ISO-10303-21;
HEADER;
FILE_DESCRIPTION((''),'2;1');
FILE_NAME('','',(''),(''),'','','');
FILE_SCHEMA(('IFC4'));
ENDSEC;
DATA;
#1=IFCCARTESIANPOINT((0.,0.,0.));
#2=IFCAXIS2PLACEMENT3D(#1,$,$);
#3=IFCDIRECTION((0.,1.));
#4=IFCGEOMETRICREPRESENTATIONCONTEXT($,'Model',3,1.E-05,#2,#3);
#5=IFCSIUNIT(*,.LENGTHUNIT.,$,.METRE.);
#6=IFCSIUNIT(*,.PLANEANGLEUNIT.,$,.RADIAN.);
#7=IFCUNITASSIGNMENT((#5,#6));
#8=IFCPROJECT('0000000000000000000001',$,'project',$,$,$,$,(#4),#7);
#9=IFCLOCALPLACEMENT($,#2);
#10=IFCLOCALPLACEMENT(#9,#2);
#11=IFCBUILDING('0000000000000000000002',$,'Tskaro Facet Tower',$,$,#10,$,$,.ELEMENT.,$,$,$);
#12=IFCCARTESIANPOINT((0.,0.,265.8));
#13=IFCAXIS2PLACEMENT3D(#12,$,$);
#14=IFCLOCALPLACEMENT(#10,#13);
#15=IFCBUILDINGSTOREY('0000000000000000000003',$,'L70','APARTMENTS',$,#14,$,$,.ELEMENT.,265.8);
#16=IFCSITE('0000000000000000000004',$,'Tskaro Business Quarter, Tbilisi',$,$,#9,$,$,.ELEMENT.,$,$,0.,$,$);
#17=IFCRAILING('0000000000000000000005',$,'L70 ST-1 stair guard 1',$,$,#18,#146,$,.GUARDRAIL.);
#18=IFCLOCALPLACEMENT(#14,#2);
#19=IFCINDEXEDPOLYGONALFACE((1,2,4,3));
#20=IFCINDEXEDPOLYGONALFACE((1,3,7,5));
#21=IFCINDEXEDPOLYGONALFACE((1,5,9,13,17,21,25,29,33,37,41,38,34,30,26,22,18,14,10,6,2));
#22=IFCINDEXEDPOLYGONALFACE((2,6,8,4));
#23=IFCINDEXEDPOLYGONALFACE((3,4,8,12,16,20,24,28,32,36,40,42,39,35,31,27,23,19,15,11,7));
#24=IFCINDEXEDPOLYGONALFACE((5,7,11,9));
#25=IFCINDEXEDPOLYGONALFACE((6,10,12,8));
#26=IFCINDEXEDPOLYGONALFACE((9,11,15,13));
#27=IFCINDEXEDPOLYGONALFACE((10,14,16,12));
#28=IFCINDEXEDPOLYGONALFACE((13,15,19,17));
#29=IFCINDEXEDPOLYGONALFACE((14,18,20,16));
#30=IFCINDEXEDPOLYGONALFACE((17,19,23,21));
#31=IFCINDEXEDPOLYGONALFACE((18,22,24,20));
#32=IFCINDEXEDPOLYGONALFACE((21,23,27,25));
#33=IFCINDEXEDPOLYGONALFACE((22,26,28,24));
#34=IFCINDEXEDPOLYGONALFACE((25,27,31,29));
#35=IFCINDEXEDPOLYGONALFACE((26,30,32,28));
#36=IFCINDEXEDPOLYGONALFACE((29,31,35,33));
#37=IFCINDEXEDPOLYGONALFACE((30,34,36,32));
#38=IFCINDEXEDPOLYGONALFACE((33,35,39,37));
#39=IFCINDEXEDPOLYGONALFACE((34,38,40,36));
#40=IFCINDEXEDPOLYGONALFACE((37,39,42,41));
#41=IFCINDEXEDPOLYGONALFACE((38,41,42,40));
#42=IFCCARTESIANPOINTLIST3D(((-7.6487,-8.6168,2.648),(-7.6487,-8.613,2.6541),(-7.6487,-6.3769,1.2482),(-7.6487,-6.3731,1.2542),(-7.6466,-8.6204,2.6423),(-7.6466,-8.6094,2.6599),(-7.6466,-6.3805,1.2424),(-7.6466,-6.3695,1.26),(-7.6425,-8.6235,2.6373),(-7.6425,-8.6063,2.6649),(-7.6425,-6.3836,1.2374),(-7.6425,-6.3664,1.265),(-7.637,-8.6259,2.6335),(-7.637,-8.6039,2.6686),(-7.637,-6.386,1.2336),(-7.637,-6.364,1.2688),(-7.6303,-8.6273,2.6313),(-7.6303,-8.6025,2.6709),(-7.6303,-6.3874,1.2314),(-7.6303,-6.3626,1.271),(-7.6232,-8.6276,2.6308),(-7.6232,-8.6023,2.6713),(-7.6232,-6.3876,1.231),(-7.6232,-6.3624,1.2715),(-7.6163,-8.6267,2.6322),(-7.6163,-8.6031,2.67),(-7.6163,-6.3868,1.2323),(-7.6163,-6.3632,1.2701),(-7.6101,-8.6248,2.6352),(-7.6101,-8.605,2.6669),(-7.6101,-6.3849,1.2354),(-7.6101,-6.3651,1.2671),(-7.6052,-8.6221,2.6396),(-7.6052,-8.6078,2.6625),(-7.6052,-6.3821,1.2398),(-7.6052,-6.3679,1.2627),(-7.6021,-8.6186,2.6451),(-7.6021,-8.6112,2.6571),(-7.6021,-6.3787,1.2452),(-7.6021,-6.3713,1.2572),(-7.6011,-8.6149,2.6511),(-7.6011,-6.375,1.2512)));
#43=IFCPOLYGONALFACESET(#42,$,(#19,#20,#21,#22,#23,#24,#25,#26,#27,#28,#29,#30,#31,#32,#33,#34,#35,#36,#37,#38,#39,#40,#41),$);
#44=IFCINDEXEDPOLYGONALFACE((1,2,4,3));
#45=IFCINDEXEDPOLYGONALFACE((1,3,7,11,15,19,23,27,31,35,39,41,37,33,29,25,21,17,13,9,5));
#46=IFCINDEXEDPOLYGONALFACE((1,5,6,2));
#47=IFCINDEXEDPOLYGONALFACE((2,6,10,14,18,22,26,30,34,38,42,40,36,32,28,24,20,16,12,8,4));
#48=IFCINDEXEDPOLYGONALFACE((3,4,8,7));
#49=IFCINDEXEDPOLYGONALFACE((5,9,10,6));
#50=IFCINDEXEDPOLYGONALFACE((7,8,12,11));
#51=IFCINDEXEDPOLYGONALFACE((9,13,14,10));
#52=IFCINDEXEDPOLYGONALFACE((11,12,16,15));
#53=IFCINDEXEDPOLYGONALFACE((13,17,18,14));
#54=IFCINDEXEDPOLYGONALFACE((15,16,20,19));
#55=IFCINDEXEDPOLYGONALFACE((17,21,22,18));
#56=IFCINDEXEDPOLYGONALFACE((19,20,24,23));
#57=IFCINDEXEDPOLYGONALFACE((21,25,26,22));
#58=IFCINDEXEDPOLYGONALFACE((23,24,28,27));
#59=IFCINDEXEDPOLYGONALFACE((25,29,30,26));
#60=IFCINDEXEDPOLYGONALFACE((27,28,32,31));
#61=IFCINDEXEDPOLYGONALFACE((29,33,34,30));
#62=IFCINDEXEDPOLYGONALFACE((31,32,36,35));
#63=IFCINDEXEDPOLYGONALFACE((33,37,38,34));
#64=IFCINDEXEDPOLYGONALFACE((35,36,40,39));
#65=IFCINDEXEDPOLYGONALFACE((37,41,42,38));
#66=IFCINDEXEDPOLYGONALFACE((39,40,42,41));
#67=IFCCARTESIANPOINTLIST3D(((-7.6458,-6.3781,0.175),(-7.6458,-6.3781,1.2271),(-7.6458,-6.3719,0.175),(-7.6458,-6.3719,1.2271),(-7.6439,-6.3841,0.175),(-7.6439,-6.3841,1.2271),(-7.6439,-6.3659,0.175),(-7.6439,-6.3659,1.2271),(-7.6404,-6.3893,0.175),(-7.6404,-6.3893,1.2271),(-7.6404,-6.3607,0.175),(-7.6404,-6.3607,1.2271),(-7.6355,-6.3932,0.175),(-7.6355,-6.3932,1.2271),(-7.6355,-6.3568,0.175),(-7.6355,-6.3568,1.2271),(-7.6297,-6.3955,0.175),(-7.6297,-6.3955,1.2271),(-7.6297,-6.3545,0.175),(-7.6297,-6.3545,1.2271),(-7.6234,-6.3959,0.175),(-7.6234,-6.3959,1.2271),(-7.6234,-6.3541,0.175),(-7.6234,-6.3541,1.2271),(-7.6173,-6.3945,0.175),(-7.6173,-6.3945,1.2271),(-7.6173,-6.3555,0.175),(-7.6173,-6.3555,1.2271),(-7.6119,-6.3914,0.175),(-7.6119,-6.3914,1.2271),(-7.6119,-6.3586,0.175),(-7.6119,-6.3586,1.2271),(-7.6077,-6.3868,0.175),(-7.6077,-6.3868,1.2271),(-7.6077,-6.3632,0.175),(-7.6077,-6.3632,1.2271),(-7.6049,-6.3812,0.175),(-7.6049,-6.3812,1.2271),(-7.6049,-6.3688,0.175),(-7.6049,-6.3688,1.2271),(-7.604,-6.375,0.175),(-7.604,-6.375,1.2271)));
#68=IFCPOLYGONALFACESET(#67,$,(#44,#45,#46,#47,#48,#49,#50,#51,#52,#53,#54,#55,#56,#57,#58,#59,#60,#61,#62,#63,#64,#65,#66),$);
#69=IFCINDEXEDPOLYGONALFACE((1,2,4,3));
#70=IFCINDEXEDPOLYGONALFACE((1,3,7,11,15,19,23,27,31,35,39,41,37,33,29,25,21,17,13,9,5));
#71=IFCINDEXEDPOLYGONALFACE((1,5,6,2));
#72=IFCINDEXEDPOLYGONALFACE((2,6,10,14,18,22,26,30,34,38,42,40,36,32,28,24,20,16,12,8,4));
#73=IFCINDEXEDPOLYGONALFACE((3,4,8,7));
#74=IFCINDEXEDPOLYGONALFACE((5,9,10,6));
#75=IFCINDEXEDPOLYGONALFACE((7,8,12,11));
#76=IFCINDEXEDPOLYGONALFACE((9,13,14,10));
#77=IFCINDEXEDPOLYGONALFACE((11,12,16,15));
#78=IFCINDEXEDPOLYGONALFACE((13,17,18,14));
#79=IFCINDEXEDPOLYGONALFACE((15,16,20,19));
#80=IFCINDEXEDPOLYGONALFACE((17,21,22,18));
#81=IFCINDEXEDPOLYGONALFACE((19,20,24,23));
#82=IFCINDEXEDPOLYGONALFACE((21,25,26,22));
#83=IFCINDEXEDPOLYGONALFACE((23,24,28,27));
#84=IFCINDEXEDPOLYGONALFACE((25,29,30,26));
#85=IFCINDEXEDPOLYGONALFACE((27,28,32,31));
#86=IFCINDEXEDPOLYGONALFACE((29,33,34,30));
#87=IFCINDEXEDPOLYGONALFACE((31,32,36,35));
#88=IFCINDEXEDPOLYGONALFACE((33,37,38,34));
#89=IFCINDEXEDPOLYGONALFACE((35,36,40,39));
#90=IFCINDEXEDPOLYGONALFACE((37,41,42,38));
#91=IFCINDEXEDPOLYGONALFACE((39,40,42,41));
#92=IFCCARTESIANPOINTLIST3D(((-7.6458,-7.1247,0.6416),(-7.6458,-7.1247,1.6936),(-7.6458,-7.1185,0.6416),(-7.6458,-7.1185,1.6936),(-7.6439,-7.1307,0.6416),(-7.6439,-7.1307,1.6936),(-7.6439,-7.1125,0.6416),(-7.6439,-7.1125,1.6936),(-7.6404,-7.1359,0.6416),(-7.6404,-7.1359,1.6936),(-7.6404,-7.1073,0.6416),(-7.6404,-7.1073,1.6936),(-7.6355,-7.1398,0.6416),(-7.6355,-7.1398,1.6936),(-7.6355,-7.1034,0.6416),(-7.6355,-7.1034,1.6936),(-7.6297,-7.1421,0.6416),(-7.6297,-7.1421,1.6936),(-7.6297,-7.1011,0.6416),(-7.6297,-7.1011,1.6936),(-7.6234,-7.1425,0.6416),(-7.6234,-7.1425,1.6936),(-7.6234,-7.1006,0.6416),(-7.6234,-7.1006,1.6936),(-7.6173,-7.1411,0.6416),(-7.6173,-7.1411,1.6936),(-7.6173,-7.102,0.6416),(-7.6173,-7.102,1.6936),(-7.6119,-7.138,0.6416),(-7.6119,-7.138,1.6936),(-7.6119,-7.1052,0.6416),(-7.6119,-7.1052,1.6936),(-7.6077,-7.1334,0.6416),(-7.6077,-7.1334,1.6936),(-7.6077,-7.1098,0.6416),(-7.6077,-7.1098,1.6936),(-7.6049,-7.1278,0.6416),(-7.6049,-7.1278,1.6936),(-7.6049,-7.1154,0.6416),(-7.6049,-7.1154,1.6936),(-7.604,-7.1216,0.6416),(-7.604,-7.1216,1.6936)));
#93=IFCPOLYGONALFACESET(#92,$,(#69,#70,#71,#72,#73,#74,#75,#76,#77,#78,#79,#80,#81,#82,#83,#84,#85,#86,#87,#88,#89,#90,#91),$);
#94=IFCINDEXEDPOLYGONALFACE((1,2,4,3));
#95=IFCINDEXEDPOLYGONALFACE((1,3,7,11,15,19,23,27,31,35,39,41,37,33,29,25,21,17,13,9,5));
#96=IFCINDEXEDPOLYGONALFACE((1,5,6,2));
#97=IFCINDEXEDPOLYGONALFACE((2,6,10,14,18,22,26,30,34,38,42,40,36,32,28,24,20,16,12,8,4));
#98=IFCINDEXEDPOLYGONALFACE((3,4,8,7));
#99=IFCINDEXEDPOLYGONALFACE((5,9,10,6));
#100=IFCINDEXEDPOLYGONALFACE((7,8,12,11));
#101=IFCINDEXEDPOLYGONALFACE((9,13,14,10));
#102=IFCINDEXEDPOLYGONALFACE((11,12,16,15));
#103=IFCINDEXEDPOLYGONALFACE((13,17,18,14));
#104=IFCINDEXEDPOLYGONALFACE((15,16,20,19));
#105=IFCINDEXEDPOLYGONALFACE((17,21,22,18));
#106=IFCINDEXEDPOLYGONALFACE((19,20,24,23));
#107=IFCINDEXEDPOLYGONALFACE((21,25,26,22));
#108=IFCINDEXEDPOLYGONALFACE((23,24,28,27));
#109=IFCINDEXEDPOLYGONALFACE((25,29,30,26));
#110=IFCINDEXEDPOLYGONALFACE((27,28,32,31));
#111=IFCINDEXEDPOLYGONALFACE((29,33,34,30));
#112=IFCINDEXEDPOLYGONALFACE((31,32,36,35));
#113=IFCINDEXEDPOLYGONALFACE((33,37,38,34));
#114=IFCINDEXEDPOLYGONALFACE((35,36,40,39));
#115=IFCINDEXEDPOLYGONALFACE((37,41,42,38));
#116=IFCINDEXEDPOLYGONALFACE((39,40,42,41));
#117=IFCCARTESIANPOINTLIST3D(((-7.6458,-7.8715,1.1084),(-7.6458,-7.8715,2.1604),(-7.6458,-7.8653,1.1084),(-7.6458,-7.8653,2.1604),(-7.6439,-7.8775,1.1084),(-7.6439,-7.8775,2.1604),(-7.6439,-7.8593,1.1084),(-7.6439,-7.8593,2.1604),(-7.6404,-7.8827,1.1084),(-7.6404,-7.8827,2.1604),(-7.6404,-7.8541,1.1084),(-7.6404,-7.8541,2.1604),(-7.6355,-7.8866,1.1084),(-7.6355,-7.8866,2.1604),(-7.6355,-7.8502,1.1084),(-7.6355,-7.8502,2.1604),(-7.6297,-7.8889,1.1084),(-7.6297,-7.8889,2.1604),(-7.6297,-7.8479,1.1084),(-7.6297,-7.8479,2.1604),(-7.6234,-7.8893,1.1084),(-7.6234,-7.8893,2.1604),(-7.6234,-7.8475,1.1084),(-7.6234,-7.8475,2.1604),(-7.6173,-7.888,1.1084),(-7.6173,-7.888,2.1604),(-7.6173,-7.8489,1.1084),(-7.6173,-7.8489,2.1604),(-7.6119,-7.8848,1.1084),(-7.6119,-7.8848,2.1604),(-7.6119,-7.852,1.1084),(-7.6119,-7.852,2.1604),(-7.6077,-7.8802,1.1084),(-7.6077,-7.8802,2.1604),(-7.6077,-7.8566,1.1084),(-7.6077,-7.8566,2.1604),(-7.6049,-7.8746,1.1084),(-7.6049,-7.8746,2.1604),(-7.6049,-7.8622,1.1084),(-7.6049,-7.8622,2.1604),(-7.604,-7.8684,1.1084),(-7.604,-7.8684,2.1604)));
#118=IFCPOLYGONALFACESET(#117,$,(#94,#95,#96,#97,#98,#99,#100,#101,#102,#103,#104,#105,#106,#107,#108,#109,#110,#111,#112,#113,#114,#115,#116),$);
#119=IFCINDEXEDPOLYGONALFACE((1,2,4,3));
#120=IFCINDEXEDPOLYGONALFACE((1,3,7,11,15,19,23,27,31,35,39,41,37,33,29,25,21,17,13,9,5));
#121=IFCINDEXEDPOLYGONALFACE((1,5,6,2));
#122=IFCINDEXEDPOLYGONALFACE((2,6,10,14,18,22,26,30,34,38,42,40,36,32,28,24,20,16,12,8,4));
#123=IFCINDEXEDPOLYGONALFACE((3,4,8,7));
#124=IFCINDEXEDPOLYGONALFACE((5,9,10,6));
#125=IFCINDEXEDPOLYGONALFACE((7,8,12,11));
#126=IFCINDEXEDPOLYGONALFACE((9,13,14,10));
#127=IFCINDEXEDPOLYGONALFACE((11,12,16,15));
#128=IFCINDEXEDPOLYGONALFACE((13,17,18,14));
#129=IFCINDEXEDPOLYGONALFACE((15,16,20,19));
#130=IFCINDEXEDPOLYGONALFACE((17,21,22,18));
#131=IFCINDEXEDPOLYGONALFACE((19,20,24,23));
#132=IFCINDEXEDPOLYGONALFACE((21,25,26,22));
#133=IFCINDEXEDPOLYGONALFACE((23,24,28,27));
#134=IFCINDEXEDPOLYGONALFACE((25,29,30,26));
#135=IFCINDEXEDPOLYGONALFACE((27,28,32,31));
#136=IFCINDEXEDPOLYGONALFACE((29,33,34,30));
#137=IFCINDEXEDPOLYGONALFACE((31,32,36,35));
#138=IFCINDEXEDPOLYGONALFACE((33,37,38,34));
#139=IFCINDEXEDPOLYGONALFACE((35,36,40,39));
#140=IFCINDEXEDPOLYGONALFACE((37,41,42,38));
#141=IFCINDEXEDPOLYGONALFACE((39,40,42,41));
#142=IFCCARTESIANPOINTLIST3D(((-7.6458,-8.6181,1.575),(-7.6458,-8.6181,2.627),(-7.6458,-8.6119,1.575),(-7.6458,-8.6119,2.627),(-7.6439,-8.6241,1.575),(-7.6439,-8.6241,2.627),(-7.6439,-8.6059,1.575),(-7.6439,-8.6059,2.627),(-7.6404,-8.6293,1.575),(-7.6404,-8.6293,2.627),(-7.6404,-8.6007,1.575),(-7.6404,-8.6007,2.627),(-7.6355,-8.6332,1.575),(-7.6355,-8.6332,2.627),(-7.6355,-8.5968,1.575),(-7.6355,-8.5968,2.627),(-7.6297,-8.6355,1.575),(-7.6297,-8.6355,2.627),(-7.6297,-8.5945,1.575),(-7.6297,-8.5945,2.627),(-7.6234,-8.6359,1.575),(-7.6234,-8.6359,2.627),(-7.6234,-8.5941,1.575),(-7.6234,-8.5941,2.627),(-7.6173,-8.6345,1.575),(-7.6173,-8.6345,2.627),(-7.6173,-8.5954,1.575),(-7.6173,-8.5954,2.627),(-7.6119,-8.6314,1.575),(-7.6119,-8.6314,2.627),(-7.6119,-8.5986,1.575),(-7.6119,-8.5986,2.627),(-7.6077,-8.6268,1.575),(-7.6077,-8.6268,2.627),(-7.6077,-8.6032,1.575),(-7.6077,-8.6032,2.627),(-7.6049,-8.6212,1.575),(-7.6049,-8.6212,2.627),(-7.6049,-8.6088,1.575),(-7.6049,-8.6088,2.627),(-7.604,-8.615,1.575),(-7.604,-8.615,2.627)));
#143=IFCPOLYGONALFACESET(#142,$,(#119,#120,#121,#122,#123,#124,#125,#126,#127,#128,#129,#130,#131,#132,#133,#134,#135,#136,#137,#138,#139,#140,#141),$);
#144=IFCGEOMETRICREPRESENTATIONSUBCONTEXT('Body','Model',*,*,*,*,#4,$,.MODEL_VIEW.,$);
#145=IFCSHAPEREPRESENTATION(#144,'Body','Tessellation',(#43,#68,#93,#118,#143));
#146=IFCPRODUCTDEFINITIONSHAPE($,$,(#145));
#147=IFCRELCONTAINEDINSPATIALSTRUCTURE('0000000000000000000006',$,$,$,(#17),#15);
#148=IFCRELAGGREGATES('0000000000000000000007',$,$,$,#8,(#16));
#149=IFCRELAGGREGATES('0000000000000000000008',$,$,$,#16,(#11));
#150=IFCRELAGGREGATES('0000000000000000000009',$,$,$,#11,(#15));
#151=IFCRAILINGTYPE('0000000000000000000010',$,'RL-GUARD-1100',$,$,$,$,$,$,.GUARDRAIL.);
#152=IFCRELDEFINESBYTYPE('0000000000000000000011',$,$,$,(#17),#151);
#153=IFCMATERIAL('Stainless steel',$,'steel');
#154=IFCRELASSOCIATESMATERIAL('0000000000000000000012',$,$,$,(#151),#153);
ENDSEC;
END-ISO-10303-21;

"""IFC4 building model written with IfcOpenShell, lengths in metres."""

from ifc_helpers import new_model, si_unit, direction, frame, origin, origin_2d, place, context, subcontext, project, spatial, circle, extrude, material, type_object, element, save


model = new_model("IFC4")

# Units and contexts
model_context = context("Model", 3, precision=1e-05, world=origin(), true_north=direction((0.0, 1.0)))
body_context = subcontext(model_context, "Body", "Model", "MODEL_VIEW")
ifc_project = project(units=[si_unit("LENGTHUNIT", "METRE"), si_unit("PLANEANGLEUNIT", "RADIAN")], contexts=[model_context])

# Site, building, storey
site_placement = place(None, origin())
site = spatial("IfcSite", under=ifc_project, at=site_placement, Name="Tskaro Business Quarter, Tbilisi", CompositionType="ELEMENT", RefElevation=0.0)
building_placement = place(site_placement, origin())
building = spatial("IfcBuilding", under=site, at=building_placement, Name="Tskaro Facet Tower", CompositionType="ELEMENT")
storey_placement = place(building_placement, frame((0.0, 0.0, 265.8)))
storey = spatial("IfcBuildingStorey", under=building, at=storey_placement, Name="L70", Description="APARTMENTS", CompositionType="ELEMENT", Elevation=265.8)

# Shared definitions
ifc_material_1 = material(Name="Stainless steel", Category="steel")

# Railing
railing_type_1 = type_object("IfcRailingType", Name="RL-GUARD-1100", PredefinedType="GUARDRAIL", material=ifc_material_1)
railing_1_placement = place(storey_placement, frame((-7.625, -6.375, 0.175)))
element("IfcRailing", 1, at=railing_1_placement, inside=storey, type_object=railing_type_1, Name="L70 ST-1 stair guard 1", PredefinedType="GUARDRAIL", context=body_context, shape_type="SweptSolid", body=[
    extrude(circle(Radius=0.0239, at=origin_2d()), frame((0.0, 0.0, 1.0762), z_axis=(0.0, -0.848014, 0.529974), x_axis=(1.0, 0.0, 0.0)), (0.0, 0.0, 1.0), 2.6414),
    extrude(circle(Radius=0.021, at=origin_2d()), origin(), (0.0, 0.0, 1.0), 1.052),
    extrude(circle(Radius=0.021, at=origin_2d()), frame((0.0, -0.7466, 0.4666)), (0.0, 0.0, 1.0), 1.052),
    extrude(circle(Radius=0.021, at=origin_2d()), frame((0.0, -1.4934, 0.9333)), (0.0, 0.0, 1.0), 1.052),
    extrude(circle(Radius=0.021, at=origin_2d()), frame((0.0, -2.24, 1.3999)), (0.0, 0.0, 1.0), 1.052),
])

save(model, "model.ifc")
